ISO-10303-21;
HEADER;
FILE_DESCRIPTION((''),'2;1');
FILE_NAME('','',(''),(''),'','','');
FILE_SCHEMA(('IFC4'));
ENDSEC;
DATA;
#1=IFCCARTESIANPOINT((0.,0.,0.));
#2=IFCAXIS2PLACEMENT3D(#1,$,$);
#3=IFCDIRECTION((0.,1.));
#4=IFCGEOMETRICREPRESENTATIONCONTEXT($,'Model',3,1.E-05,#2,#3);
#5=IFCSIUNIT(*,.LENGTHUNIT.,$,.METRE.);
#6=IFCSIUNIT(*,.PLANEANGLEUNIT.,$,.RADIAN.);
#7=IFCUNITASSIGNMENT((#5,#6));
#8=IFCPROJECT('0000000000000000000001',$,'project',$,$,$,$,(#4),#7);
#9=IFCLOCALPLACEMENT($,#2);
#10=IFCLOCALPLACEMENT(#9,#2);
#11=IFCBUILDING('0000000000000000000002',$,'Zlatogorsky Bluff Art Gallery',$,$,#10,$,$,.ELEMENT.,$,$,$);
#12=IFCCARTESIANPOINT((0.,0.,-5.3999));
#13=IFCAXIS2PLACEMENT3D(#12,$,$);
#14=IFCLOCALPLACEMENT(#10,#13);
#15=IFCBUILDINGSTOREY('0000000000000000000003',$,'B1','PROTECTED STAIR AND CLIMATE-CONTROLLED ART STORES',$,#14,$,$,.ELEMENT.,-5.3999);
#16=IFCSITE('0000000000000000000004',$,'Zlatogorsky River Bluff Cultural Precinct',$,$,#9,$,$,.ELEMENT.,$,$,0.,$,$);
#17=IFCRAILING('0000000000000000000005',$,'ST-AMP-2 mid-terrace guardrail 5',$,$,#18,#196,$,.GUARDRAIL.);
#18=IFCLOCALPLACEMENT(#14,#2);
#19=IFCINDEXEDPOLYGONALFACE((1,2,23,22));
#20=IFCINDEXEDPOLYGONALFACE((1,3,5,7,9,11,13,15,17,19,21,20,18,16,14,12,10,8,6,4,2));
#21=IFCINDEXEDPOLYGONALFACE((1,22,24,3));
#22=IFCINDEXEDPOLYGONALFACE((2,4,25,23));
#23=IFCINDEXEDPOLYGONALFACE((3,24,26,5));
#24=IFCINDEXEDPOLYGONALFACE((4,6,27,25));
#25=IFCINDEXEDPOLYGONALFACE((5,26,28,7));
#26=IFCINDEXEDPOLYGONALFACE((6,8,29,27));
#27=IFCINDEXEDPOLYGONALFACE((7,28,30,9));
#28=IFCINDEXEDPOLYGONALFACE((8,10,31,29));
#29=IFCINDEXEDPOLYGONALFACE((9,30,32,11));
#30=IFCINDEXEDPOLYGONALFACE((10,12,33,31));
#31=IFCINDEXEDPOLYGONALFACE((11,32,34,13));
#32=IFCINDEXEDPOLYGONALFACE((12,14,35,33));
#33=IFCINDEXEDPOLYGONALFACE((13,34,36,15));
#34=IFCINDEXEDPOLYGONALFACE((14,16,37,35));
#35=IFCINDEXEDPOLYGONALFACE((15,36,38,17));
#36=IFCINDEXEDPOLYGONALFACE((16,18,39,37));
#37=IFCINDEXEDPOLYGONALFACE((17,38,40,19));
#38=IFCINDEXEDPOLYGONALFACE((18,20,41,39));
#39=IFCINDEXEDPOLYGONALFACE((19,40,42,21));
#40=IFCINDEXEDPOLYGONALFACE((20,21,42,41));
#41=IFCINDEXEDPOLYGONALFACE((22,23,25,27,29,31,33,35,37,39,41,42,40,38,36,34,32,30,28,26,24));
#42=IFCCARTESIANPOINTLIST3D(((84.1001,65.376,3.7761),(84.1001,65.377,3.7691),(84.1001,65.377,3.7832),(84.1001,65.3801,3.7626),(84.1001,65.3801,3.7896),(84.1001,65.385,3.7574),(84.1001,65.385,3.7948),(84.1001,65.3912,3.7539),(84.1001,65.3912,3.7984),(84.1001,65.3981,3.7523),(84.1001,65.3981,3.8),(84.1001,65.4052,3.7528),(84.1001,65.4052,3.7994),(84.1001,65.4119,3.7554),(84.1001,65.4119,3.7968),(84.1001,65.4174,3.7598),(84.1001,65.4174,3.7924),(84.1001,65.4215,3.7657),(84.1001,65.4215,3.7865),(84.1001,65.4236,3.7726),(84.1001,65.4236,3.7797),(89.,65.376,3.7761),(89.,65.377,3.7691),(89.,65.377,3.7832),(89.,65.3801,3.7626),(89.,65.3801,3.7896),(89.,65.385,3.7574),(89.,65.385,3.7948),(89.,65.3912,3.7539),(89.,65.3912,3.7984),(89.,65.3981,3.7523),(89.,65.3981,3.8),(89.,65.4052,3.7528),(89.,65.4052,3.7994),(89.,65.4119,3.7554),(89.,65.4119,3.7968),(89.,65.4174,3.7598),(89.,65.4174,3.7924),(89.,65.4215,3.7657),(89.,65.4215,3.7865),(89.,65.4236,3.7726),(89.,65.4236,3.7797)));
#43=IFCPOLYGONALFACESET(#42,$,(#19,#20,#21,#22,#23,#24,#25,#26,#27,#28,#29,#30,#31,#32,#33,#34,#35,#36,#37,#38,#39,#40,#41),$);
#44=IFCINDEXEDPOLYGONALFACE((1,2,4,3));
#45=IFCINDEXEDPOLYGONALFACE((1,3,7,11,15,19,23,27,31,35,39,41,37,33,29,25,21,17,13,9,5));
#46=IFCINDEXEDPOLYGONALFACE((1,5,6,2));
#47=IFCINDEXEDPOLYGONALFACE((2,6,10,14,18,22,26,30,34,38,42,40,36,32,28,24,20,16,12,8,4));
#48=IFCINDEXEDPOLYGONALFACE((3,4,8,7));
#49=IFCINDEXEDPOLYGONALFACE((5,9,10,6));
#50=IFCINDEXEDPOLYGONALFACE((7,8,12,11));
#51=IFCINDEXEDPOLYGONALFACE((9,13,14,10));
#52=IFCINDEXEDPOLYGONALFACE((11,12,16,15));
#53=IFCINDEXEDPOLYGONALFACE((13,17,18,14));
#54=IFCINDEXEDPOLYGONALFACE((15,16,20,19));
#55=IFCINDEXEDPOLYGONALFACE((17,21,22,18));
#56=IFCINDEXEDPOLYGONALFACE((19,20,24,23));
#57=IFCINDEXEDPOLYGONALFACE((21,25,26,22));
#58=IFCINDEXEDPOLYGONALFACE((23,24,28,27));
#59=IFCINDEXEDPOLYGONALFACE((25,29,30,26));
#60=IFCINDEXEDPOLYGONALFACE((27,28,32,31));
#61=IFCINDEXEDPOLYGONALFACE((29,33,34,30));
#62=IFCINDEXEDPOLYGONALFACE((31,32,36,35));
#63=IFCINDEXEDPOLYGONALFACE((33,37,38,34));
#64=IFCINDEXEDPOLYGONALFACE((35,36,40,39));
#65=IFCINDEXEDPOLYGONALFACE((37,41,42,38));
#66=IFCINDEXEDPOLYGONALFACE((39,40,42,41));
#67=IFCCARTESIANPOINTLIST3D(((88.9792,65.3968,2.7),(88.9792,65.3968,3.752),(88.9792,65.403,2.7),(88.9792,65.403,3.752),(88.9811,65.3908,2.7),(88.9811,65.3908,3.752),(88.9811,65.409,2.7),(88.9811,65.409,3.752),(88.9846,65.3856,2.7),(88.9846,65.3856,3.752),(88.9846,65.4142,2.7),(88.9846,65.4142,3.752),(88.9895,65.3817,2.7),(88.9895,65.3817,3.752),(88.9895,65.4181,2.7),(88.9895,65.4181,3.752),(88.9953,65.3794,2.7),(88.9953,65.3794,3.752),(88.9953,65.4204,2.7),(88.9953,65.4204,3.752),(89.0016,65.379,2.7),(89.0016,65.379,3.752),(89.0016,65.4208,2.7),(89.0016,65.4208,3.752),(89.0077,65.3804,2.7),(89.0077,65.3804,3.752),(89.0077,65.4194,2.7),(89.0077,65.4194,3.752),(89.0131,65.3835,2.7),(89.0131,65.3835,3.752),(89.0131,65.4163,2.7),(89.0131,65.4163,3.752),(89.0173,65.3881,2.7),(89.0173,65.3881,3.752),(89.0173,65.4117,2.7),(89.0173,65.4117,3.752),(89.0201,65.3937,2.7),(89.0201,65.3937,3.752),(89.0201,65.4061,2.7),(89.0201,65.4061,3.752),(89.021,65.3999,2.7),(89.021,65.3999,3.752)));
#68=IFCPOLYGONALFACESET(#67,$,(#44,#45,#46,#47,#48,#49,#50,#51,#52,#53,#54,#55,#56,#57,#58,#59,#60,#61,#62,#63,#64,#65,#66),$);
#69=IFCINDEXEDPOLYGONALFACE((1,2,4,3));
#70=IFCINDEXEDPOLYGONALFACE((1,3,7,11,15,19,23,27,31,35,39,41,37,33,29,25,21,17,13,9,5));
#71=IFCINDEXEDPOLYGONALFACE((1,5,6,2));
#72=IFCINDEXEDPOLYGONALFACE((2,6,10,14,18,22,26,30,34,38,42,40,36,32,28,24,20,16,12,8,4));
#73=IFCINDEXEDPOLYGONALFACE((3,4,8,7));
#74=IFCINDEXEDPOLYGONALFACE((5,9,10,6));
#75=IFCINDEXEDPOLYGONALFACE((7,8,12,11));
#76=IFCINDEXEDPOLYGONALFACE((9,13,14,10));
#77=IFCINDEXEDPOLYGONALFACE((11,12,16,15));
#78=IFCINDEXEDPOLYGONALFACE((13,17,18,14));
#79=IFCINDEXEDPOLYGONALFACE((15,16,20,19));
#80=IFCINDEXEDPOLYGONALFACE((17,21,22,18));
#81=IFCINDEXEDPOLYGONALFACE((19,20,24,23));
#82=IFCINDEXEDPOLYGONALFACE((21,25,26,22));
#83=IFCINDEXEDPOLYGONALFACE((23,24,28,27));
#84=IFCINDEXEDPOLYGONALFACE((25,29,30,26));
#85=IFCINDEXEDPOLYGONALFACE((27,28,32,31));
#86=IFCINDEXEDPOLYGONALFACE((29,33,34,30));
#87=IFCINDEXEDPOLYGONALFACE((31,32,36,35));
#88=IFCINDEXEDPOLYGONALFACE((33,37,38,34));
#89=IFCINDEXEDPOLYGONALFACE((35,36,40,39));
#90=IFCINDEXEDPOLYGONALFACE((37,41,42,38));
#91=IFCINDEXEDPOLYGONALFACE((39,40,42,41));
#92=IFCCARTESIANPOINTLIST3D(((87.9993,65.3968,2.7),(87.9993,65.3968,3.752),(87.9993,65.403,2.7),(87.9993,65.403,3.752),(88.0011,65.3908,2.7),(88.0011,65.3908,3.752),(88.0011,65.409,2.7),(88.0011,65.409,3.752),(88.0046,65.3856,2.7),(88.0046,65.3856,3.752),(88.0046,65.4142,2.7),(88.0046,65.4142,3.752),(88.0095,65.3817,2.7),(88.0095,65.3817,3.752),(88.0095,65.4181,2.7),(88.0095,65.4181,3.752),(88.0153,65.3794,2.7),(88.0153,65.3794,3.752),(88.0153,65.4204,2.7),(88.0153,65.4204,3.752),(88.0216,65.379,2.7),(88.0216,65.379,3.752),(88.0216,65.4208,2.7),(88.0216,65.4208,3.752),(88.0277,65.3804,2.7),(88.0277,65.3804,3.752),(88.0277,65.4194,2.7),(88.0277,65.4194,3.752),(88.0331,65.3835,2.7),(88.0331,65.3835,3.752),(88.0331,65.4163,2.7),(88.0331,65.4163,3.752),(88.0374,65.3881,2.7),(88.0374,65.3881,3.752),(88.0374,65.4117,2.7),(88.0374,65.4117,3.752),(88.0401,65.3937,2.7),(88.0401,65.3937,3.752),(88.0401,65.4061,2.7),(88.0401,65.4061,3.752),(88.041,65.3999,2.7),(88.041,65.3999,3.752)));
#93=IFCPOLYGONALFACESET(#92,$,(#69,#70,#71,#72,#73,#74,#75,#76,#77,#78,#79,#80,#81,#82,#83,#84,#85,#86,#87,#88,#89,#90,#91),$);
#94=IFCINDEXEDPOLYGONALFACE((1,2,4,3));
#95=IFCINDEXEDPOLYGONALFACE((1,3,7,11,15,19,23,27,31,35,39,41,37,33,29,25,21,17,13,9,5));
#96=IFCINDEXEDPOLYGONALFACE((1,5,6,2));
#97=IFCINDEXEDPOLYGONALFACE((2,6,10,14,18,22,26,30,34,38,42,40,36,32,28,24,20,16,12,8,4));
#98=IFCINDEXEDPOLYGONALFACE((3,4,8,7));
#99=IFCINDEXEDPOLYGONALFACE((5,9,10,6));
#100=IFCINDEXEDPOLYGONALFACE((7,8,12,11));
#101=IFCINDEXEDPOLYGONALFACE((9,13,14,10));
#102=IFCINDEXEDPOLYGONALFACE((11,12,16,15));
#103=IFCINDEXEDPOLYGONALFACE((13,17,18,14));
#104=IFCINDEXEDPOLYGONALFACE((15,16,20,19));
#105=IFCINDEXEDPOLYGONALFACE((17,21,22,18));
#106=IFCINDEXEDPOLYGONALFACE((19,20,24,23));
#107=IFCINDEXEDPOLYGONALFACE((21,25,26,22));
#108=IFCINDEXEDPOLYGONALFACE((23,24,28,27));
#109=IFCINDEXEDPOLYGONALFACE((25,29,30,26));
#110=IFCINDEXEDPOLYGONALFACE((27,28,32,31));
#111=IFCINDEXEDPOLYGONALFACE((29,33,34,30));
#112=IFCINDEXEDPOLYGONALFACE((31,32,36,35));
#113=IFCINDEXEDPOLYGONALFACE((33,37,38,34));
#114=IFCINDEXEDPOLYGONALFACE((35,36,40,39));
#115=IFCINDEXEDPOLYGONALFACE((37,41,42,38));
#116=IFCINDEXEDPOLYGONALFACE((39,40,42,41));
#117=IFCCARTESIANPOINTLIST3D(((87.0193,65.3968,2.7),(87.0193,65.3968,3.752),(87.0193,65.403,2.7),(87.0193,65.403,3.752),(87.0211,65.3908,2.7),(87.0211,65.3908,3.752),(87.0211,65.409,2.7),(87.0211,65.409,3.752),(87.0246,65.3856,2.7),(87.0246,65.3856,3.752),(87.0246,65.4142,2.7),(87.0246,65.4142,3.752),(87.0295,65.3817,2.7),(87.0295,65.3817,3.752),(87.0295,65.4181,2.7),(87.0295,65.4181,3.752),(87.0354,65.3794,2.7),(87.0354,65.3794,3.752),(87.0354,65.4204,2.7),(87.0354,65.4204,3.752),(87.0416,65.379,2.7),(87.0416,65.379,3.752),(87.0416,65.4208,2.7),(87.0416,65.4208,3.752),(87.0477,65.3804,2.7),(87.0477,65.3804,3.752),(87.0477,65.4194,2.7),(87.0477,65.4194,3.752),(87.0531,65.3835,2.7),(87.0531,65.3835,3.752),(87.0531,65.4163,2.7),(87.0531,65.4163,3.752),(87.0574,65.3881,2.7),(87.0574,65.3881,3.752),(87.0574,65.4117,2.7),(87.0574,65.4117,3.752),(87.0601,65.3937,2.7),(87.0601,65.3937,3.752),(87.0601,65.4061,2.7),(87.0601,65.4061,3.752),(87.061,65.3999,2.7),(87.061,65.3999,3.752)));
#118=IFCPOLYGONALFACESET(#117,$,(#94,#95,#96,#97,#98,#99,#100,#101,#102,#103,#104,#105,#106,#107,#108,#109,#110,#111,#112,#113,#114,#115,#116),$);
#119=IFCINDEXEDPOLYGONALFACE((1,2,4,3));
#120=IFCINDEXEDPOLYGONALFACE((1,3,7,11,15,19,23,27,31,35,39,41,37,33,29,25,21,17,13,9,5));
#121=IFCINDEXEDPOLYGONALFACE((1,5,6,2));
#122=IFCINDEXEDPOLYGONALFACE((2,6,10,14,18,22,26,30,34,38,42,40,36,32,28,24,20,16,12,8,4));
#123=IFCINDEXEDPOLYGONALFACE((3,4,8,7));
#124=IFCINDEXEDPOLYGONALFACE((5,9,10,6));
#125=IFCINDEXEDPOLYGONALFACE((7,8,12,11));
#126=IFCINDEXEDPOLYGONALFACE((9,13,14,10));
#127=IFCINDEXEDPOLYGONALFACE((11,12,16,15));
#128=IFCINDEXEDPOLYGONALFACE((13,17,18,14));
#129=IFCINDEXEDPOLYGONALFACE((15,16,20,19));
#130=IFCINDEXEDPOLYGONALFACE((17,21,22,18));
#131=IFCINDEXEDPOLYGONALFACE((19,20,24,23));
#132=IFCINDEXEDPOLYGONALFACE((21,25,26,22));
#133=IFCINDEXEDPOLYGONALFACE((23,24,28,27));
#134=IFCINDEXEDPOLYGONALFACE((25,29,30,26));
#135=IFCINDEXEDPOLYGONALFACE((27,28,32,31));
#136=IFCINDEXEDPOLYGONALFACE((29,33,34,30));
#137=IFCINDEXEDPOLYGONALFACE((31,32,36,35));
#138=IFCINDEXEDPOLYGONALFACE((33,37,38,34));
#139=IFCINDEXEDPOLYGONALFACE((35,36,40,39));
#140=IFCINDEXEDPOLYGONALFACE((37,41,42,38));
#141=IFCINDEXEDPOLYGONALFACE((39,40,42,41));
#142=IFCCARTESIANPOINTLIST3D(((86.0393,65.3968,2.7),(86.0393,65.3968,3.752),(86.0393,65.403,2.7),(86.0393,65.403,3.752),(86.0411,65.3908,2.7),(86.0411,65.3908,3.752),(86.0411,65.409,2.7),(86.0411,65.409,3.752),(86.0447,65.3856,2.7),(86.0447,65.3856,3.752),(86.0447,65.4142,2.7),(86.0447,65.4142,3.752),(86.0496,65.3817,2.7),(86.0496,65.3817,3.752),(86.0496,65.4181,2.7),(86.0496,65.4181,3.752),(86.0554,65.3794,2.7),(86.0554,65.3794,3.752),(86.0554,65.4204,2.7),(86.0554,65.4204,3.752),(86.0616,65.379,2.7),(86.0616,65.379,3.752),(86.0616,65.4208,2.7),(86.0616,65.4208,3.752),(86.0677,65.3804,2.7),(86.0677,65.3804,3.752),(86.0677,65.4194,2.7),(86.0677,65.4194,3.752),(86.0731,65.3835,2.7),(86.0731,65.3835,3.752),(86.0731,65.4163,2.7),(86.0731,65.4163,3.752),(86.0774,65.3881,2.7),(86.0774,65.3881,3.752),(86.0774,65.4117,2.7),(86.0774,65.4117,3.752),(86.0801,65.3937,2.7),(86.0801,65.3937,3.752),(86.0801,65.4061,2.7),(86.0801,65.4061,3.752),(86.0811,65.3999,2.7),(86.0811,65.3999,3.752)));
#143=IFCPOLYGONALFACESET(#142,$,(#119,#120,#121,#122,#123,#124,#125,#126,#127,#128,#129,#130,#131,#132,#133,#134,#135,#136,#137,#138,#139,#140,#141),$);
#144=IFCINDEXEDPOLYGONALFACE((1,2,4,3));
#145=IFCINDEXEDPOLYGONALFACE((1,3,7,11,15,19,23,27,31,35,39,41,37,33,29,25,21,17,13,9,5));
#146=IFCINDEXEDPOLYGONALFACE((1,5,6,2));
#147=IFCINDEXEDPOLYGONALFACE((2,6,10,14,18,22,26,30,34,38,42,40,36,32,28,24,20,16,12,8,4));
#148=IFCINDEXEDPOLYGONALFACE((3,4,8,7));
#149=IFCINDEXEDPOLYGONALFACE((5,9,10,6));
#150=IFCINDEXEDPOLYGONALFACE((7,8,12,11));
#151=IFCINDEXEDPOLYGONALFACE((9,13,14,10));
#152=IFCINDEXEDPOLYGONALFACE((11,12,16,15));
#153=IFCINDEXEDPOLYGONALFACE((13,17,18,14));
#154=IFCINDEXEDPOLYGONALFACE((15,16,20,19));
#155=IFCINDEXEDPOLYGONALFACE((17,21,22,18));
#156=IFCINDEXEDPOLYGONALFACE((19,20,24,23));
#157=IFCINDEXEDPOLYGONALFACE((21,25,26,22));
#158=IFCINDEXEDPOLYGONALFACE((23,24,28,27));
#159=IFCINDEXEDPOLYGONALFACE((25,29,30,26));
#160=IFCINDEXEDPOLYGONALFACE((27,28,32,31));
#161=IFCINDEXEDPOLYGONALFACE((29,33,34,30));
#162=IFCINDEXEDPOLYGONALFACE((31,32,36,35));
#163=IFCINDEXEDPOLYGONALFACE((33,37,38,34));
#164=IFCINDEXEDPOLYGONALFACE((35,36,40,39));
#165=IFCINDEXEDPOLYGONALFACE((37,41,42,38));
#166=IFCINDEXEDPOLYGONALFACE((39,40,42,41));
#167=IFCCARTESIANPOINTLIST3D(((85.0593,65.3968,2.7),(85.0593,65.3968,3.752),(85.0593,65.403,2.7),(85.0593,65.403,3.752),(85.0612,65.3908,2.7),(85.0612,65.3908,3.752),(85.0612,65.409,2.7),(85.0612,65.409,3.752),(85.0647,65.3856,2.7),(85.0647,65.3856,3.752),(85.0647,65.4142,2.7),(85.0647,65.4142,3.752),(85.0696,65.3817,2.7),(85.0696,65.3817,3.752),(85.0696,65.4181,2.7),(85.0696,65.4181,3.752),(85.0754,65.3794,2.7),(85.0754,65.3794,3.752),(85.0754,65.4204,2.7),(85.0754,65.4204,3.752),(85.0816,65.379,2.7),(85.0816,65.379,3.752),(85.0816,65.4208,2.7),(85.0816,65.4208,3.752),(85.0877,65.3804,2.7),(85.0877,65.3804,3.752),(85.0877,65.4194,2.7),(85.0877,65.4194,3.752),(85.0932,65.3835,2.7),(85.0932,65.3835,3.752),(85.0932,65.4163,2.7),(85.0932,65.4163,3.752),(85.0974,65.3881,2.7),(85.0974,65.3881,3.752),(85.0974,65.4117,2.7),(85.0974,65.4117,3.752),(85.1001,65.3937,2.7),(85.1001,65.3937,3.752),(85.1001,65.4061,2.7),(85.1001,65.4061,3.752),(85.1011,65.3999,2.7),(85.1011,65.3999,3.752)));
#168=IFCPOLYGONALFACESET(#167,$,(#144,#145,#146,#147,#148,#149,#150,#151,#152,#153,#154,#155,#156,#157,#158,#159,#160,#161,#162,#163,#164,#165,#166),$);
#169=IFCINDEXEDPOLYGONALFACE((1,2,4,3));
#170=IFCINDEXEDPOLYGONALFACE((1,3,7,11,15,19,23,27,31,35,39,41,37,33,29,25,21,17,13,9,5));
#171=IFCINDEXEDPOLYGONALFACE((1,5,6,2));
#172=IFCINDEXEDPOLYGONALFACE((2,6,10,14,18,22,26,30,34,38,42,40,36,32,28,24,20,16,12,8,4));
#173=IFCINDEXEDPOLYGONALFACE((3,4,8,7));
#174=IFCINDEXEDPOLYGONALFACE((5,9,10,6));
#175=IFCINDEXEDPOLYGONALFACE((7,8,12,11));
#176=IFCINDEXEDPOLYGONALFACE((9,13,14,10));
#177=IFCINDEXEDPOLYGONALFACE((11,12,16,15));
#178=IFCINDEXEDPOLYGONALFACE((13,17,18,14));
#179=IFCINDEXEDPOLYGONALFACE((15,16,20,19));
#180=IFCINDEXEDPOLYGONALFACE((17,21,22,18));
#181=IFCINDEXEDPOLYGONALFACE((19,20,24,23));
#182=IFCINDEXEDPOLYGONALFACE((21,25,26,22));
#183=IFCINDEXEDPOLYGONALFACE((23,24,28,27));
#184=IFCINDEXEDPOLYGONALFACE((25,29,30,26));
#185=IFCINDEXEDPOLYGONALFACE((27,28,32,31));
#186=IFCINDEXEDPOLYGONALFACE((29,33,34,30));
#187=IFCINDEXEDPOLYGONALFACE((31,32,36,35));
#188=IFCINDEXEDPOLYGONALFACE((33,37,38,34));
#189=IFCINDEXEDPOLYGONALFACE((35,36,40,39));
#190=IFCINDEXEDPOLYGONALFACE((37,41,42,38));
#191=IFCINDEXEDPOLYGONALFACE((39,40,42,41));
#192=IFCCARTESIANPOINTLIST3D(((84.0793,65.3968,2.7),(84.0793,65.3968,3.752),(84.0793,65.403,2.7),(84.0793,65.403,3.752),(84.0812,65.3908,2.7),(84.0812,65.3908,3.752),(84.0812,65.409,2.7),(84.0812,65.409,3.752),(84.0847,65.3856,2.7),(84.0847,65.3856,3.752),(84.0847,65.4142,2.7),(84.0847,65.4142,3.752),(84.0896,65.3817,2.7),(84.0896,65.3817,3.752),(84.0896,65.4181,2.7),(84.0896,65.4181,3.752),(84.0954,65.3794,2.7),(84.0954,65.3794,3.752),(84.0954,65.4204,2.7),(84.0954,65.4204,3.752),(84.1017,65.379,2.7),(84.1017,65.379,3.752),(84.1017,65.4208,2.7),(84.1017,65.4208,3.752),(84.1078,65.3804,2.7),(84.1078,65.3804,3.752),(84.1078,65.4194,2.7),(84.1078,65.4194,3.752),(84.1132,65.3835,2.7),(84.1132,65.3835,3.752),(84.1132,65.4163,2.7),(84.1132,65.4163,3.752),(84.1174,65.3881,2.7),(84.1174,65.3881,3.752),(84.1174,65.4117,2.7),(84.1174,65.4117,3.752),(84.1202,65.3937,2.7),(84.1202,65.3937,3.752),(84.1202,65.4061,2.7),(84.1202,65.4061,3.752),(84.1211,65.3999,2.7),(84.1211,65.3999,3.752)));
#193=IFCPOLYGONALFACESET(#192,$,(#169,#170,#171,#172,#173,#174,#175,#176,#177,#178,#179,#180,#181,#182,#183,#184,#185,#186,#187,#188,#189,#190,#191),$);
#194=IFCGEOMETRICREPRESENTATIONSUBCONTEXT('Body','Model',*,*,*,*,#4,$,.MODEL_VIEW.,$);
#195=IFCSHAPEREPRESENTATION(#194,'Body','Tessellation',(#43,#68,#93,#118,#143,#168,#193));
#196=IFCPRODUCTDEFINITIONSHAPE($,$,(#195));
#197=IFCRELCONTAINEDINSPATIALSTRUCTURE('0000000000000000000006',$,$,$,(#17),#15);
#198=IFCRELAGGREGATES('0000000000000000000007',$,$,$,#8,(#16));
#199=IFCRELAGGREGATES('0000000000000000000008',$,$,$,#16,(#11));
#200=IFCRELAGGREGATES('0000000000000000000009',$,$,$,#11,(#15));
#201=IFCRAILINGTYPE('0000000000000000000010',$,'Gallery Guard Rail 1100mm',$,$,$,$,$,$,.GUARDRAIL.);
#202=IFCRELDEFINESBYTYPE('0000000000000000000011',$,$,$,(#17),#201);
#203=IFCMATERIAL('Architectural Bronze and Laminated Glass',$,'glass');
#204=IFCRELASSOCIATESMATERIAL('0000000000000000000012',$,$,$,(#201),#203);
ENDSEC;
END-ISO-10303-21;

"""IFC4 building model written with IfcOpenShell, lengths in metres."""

from ifc_helpers import new_model, si_unit, direction, frame, origin, origin_2d, place, context, subcontext, project, spatial, circle, extrude, material, type_object, element, save


model = new_model("IFC4")

# Units and contexts
model_context = context("Model", 3, precision=1e-05, world=origin(), true_north=direction((0.0, 1.0)))
body_context = subcontext(model_context, "Body", "Model", "MODEL_VIEW")
ifc_project = project(units=[si_unit("LENGTHUNIT", "METRE"), si_unit("PLANEANGLEUNIT", "RADIAN")], contexts=[model_context])

# Site, building, storey
site_placement = place(None, origin())
site = spatial("IfcSite", under=ifc_project, at=site_placement, Name="Zlatogorsky River Bluff Cultural Precinct", CompositionType="ELEMENT", RefElevation=0.0)
building_placement = place(site_placement, origin())
building = spatial("IfcBuilding", under=site, at=building_placement, Name="Zlatogorsky Bluff Art Gallery", CompositionType="ELEMENT")
storey_placement = place(building_placement, frame((0.0, 0.0, -5.3999)))
storey = spatial("IfcBuildingStorey", under=building, at=storey_placement, Name="B1", Description="PROTECTED STAIR AND CLIMATE-CONTROLLED ART STORES", CompositionType="ELEMENT", Elevation=-5.3999)

# Railing
ifc_material_1 = material(Name="Architectural Bronze and Laminated Glass", Category="glass")
railing_type_1 = type_object("IfcRailingType", Name="Gallery Guard Rail 1100mm", PredefinedType="GUARDRAIL", material=ifc_material_1)
railing_1_placement = place(storey_placement, frame((89.0, 65.3999, 2.7)))
element("IfcRailing", 1, at=railing_1_placement, inside=storey, type_object=railing_type_1, Name="ST-AMP-2 mid-terrace guardrail 5", PredefinedType="GUARDRAIL", context=body_context, shape_type="SweptSolid", body=[
    extrude(circle(Radius=0.0239, at=origin_2d()), frame((0.0, 0.0, 1.0762), z_axis=(-1.0, 0.0, 0.0), x_axis=(0.0, -1.0, 0.0)), (0.0, 0.0, 1.0), 4.8999),
    extrude(circle(Radius=0.021, at=origin_2d()), origin(), (0.0, 0.0, 1.0), 1.052),
    extrude(circle(Radius=0.021, at=origin_2d()), frame((-0.98, 0.0, 0.0)), (0.0, 0.0, 1.0), 1.052),
    extrude(circle(Radius=0.021, at=origin_2d()), frame((-1.96, 0.0, 0.0)), (0.0, 0.0, 1.0), 1.052),
    extrude(circle(Radius=0.021, at=origin_2d()), frame((-2.9399, 0.0, 0.0)), (0.0, 0.0, 1.0), 1.052),
    extrude(circle(Radius=0.021, at=origin_2d()), frame((-3.9199, 0.0, 0.0)), (0.0, 0.0, 1.0), 1.052),
    extrude(circle(Radius=0.021, at=origin_2d()), frame((-4.8999, 0.0, 0.0)), (0.0, 0.0, 1.0), 1.052),
])

save(model, "model.ifc")
